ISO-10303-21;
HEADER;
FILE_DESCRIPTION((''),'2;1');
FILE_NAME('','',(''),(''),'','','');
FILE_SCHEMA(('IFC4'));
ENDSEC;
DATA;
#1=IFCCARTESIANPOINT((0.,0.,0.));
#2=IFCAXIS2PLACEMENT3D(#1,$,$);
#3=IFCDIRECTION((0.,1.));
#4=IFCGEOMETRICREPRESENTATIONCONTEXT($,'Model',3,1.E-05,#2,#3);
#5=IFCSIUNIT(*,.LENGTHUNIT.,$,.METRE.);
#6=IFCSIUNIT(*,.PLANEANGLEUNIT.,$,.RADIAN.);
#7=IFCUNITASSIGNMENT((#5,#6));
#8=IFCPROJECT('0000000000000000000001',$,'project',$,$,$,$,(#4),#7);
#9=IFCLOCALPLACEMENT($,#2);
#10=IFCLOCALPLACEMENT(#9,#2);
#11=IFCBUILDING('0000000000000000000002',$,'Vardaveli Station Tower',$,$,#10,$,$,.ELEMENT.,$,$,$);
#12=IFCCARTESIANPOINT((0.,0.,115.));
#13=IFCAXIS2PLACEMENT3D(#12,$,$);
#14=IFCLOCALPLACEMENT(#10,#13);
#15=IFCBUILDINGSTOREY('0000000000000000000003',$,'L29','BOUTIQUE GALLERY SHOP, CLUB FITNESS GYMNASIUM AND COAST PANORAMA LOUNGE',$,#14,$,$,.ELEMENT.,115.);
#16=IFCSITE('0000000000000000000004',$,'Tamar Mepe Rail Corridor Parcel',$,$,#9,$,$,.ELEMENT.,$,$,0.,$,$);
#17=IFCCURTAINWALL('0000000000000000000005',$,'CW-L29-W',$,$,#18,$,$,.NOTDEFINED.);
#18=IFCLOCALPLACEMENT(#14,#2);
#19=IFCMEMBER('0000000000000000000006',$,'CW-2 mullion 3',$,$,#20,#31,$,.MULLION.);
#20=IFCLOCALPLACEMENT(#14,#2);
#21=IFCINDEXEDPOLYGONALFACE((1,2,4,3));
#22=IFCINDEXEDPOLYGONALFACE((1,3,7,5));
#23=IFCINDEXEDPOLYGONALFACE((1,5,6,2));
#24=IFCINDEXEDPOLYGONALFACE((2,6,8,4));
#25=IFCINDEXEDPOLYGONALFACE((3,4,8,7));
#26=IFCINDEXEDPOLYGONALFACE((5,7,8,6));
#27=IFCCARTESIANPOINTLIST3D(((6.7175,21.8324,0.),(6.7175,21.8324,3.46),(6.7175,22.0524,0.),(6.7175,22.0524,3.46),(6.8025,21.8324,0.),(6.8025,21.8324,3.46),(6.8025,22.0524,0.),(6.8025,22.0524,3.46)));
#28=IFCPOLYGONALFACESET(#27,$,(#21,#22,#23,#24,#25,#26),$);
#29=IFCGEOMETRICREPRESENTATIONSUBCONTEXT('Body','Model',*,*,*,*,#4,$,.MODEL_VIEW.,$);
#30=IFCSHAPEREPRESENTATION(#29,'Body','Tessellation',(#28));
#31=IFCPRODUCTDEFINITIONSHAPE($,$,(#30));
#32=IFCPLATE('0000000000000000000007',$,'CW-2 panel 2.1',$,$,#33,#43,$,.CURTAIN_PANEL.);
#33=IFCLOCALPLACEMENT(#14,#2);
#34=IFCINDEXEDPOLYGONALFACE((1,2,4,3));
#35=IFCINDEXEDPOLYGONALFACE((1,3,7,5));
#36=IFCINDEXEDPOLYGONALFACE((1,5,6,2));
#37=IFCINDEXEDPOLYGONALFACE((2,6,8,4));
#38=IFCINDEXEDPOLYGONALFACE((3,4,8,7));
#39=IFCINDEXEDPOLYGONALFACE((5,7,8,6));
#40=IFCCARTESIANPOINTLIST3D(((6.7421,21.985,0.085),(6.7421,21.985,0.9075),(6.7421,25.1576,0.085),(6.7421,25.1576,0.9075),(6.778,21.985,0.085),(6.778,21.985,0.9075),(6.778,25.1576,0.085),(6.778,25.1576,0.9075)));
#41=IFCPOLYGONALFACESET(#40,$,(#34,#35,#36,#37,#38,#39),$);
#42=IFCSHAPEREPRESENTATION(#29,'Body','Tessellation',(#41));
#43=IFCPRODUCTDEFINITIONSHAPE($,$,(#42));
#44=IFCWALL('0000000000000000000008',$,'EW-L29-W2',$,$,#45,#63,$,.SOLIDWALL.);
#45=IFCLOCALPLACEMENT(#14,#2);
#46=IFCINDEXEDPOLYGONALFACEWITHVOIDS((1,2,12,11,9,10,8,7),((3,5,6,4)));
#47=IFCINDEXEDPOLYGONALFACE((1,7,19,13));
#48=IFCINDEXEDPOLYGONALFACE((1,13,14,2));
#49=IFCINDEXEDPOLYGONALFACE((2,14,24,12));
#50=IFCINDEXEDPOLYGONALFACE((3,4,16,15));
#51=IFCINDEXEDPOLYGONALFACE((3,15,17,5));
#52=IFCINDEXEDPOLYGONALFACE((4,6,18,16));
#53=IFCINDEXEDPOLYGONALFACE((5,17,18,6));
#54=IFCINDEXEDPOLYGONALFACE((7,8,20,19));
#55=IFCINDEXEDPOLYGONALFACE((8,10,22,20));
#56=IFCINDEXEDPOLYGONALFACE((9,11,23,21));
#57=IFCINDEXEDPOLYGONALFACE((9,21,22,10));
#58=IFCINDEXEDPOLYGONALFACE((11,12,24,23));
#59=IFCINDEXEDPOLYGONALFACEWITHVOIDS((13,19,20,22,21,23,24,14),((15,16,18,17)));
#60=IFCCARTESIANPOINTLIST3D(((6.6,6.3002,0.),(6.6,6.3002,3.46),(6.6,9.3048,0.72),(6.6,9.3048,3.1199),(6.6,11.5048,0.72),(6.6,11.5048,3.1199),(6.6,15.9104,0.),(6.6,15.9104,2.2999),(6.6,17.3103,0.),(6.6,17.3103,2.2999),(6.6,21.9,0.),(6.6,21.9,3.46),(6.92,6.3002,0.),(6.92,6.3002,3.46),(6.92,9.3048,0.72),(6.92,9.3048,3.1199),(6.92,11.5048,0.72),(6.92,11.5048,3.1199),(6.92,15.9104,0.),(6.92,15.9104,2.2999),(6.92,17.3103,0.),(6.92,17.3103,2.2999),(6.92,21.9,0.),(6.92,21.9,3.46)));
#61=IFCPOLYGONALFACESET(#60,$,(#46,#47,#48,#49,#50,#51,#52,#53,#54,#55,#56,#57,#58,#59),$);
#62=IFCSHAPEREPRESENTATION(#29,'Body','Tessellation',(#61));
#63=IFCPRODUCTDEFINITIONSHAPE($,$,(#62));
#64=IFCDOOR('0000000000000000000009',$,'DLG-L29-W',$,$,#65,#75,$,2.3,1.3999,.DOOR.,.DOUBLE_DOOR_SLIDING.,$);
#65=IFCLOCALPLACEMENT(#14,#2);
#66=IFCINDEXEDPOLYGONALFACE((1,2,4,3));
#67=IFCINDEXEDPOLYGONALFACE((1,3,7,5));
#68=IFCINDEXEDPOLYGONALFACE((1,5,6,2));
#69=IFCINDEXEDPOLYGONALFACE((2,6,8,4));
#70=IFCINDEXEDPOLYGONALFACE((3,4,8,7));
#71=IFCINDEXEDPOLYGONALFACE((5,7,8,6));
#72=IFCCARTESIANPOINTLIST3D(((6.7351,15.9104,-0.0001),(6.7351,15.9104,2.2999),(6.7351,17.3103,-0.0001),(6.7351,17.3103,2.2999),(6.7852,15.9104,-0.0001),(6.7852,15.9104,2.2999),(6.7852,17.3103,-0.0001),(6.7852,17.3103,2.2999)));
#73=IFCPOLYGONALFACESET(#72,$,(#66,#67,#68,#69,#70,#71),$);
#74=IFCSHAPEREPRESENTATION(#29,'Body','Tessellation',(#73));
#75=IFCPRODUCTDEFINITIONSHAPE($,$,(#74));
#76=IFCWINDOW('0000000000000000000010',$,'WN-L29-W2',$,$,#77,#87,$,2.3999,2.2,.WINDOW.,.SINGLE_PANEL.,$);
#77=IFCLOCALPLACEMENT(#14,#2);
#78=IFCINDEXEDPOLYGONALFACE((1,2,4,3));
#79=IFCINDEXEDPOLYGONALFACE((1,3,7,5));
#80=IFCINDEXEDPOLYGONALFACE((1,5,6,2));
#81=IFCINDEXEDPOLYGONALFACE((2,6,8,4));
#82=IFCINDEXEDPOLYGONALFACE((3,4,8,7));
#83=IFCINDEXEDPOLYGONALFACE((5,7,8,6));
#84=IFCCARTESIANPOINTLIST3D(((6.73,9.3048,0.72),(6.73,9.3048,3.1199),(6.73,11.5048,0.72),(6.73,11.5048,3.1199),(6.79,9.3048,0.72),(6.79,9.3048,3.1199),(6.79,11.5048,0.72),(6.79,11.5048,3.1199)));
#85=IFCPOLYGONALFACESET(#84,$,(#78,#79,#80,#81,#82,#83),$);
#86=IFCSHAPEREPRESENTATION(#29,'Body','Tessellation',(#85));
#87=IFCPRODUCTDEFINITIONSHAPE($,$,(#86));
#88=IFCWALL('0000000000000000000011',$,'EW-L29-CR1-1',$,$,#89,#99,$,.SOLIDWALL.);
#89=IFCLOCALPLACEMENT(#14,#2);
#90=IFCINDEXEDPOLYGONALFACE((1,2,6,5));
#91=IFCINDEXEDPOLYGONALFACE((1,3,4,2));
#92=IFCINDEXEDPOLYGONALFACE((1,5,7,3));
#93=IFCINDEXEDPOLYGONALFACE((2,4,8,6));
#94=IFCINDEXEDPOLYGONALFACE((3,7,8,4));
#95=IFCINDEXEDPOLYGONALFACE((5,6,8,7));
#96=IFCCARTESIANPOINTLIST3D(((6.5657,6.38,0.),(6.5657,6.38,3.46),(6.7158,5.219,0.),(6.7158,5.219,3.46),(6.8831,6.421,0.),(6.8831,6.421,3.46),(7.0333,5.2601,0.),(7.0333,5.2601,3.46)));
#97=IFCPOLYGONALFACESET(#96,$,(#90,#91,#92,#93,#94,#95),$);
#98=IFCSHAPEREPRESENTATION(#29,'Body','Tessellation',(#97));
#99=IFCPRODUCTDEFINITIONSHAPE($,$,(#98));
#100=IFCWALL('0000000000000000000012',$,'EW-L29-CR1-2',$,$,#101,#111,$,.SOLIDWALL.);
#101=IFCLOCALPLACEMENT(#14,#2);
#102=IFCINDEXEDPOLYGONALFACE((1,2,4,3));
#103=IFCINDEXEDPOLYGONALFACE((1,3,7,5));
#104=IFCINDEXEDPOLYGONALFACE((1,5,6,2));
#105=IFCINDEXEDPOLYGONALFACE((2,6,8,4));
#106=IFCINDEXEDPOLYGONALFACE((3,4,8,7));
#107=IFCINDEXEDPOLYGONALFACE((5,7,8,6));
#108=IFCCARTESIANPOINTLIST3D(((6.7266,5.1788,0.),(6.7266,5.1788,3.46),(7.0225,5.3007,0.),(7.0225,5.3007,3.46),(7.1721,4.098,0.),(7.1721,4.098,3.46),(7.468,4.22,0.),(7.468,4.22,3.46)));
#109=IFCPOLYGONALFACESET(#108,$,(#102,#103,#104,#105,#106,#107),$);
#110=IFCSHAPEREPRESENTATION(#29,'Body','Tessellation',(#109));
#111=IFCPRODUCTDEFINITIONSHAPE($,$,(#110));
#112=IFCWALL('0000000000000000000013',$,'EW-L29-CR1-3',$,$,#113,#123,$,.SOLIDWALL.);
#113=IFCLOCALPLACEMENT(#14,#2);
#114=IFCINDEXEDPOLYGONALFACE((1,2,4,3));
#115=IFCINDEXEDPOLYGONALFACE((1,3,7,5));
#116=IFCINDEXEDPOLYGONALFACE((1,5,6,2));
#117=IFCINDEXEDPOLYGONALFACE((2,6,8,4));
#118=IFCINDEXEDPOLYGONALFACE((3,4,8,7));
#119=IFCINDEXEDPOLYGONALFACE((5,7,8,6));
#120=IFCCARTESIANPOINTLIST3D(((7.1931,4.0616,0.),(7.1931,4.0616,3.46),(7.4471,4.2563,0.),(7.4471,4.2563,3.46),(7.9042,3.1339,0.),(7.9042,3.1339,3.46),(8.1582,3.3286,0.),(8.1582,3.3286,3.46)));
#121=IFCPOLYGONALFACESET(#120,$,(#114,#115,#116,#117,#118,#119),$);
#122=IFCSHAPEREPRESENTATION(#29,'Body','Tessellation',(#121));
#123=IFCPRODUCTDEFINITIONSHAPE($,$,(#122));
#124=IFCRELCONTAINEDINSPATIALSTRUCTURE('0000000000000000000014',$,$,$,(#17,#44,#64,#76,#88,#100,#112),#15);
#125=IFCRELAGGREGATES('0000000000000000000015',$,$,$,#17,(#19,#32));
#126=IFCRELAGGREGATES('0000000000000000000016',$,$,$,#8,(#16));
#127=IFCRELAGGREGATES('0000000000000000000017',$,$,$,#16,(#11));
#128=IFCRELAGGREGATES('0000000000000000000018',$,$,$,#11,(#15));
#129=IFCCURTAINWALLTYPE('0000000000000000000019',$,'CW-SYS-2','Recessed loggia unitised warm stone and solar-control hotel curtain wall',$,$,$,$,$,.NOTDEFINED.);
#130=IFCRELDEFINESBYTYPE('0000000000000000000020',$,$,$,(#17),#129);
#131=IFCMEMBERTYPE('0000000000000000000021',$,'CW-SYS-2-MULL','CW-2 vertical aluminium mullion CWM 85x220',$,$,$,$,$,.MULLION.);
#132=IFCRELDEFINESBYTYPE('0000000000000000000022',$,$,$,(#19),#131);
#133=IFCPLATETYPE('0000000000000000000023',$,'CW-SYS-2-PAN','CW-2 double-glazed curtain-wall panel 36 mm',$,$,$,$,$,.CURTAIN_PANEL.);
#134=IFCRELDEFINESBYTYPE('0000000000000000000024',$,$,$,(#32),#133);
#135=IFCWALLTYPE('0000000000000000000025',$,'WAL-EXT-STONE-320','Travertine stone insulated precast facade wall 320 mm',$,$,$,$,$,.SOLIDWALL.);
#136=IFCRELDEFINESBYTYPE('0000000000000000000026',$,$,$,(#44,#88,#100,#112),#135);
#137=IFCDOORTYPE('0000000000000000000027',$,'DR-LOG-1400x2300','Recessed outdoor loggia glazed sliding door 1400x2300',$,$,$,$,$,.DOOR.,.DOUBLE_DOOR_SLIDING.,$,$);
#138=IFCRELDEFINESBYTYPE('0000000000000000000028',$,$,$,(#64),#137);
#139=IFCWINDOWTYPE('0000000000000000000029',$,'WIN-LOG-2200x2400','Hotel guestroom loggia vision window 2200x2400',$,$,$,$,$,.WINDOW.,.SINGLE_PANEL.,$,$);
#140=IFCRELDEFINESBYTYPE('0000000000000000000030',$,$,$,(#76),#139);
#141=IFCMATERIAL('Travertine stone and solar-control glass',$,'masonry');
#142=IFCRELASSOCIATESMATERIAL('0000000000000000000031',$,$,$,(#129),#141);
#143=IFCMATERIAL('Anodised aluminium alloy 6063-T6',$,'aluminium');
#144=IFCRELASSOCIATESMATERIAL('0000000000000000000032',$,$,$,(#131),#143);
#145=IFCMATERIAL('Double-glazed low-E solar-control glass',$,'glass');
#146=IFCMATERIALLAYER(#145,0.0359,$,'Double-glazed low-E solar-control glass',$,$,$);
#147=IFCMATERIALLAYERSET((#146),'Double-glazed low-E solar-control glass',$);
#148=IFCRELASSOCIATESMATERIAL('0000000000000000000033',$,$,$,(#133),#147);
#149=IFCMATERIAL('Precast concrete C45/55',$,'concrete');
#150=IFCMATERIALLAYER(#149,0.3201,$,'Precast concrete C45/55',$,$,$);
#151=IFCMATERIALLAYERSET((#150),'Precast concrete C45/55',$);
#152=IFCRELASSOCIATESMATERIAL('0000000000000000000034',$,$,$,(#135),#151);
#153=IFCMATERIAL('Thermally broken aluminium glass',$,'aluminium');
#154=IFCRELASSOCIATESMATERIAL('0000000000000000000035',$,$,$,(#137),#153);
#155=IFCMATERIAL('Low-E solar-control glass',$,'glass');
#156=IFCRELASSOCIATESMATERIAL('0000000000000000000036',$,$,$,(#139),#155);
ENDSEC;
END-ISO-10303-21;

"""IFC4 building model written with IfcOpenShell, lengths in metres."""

from ifc_helpers import new_model, si_unit, direction, frame, frame_2d, origin, origin_2d, place, context, subcontext, project, spatial, rectangle, extrude, source, transform, mapped, material, layer, layer_set, material_profile, profile_set, type_object, element, fill, aggregate, save


model = new_model("IFC4")

# Units and contexts
model_context = context("Model", 3, precision=1e-05, world=origin(), true_north=direction((0.0, 1.0)))
body_context = subcontext(model_context, "Body", "Model", "MODEL_VIEW")
ifc_project = project(units=[si_unit("LENGTHUNIT", "METRE"), si_unit("PLANEANGLEUNIT", "RADIAN")], contexts=[model_context])

# Site, building, storey
site_placement = place(None, origin())
site = spatial("IfcSite", under=ifc_project, at=site_placement, Name="Tamar Mepe Rail Corridor Parcel", CompositionType="ELEMENT", RefElevation=0.0)
building_placement = place(site_placement, origin())
building = spatial("IfcBuilding", under=site, at=building_placement, Name="Vardaveli Station Tower", CompositionType="ELEMENT")
storey_placement = place(building_placement, frame((0.0, 0.0, 115.0)))
storey = spatial("IfcBuildingStorey", under=building, at=storey_placement, Name="L29", Description="BOUTIQUE GALLERY SHOP, CLUB FITNESS GYMNASIUM AND COAST PANORAMA LOUNGE", CompositionType="ELEMENT", Elevation=115.0)

# Shared definitions
ifc_material_1 = material(Name="Precast concrete C45/55", Category="concrete")

# Curtain wall, member, plate
ifc_material_2 = material(Name="Travertine stone and solar-control glass", Category="masonry")
curtain_wall_type = type_object("IfcCurtainWallType", Name="CW-SYS-2", Description="Recessed loggia unitised warm stone and solar-control hotel curtain wall", PredefinedType="NOTDEFINED", material=ifc_material_2)
curtain_wall_placement = place(storey_placement, origin())
curtain_wall = element("IfcCurtainWall", 1, at=curtain_wall_placement, inside=storey, type_object=curtain_wall_type, Name="CW-L29-W", PredefinedType="NOTDEFINED")
ifc_material_3 = material(Name="Anodised aluminium alloy 6063-T6", Category="aluminium")
ifc_material_profile_1 = material_profile(ifc_material_3, rectangle(XDim=0.085, YDim=0.22, at=origin_2d()), Name="CWM 85x220")
ifc_profile_set_1 = profile_set([ifc_material_profile_1], Name="Anodised aluminium alloy 6063-T6")
member_type = type_object("IfcMemberType", Name="CW-SYS-2-MULL", Description="CW-2 vertical aluminium mullion CWM 85x220", PredefinedType="MULLION", material=ifc_profile_set_1)
shared_shape_1 = source(origin(), body_context, "Body", "SweptSolid", [
    extrude(rectangle(XDim=0.085, YDim=0.22, at=origin_2d()), origin(), (0.0, 0.0, 1.0), 3.46),
])
member_placement = place(storey_placement, frame((6.76, 21.9424, 0.0), z_axis=(0.0, 0.0, 1.0), x_axis=(1.0, 0.0, 0.0)))
member = element("IfcMember", 2, at=member_placement, type_object=member_type, Name="CW-2 mullion 3", PredefinedType="MULLION", context=body_context, shape_type="MappedRepresentation", body=[
    mapped(shared_shape_1, transform((0.0, 0.0, 0.0), scale=1.0)),
])
ifc_material_4 = material(Name="Double-glazed low-E solar-control glass", Category="glass")
ifc_layer_1 = layer(ifc_material_4, 0.0359, Name="Double-glazed low-E solar-control glass")
ifc_layer_set_1 = layer_set([ifc_layer_1], Name="Double-glazed low-E solar-control glass")
plate_type = type_object("IfcPlateType", Name="CW-SYS-2-PAN", Description="CW-2 double-glazed curtain-wall panel 36 mm", PredefinedType="CURTAIN_PANEL", material=ifc_layer_set_1)
shared_shape_2 = source(origin(), body_context, "Body", "SweptSolid", [
    extrude(rectangle(XDim=3.1726, YDim=0.0359, at=origin_2d()), origin(), (0.0, 0.0, 1.0), 0.8225),
])
plate_placement = place(storey_placement, frame((6.76, 23.5713, 0.085), z_axis=(0.0, 0.0, 1.0), x_axis=(0.0, -1.0, 0.0)))
plate = element("IfcPlate", 3, at=plate_placement, type_object=plate_type, Name="CW-2 panel 2.1", PredefinedType="CURTAIN_PANEL", context=body_context, shape_type="MappedRepresentation", body=[
    mapped(shared_shape_2, transform((0.0, 0.0, 0.0), scale=1.0)),
])
aggregate(curtain_wall, [member, plate])

# Wall, openings, door, window
ifc_layer_2 = layer(ifc_material_1, 0.3201, Name="Precast concrete C45/55")
ifc_layer_set_2 = layer_set([ifc_layer_2], Name="Precast concrete C45/55")
wall_type_1 = type_object("IfcWallType", Name="WAL-EXT-STONE-320", Description="Travertine stone insulated precast facade wall 320 mm", PredefinedType="SOLIDWALL", material=ifc_layer_set_2)
shared_shape_3 = source(origin(), body_context, "Body", "SweptSolid", [
    extrude(rectangle(XDim=15.5999, YDim=0.3201, at=frame_2d((7.7998, 0.0))), origin(), (0.0, 0.0, 1.0), 3.46),
])
wall_1_placement = place(storey_placement, frame((6.76, 21.8999, 0.0), z_axis=(0.0, 0.0, 1.0), x_axis=(0.0, -1.0, 0.0)))
wall_1 = element("IfcWall", 4, at=wall_1_placement, inside=storey, type_object=wall_type_1, Name="EW-L29-W2", PredefinedType="SOLIDWALL", context=body_context, shape_type="MappedRepresentation", body=[
    mapped(shared_shape_3, transform((0.0, 0.0, 0.0), scale=1.0)),
])
shared_shape_4 = source(origin(), body_context, "Body", "SweptSolid", [
    extrude(rectangle(XDim=1.3999, YDim=2.3, at=frame_2d((0.7, 1.1499))), frame((0.0, 0.1699, 0.0), z_axis=(0.0, -1.0, 0.0), x_axis=(1.0, 0.0, 0.0)), (0.0, 0.0, 1.0), 0.3401),
])
opening_1_placement = place(wall_1_placement, frame((4.5896, 0.0, 0.0)))
opening_1 = element("IfcOpeningElement", 5, at=opening_1_placement, cuts=wall_1, PredefinedType="OPENING", context=body_context, shape_type="MappedRepresentation", body=[
    mapped(shared_shape_4, transform((0.0, 0.0, 0.0), scale=1.0)),
])
shared_shape_5 = source(origin(), body_context, "Body", "SweptSolid", [
    extrude(rectangle(XDim=2.2, YDim=2.3999, at=frame_2d((1.1001, 1.2))), frame((0.0, 0.1699, 0.0), z_axis=(0.0, -1.0, 0.0), x_axis=(1.0, 0.0, 0.0)), (0.0, 0.0, 1.0), 0.3401),
])
opening_2_placement = place(wall_1_placement, frame((10.395, 0.0, 0.72)))
opening_2 = element("IfcOpeningElement", 6, at=opening_2_placement, cuts=wall_1, PredefinedType="OPENING", context=body_context, shape_type="MappedRepresentation", body=[
    mapped(shared_shape_5, transform((0.0, 0.0, 0.0), scale=1.0)),
])
ifc_material_5 = material(Name="Thermally broken aluminium glass", Category="aluminium")
door_type_1 = type_object("IfcDoorType", Name="DR-LOG-1400x2300", Description="Recessed outdoor loggia glazed sliding door 1400x2300", OperationType="DOUBLE_DOOR_SLIDING", PredefinedType="DOOR", material=ifc_material_5)
shared_shape_6 = source(origin(), body_context, "Body", "SweptSolid", [
    extrude(rectangle(XDim=1.3999, YDim=2.3, at=frame_2d((0.7, 1.1499))), frame((0.0, 0.0249, 0.0), z_axis=(0.0, -1.0, 0.0), x_axis=(1.0, 0.0, 0.0)), (0.0, 0.0, 1.0), 0.05),
])
door_1_placement = place(opening_1_placement, frame((1.3999, 0.0, 0.0), z_axis=(0.0, 0.0, 1.0), x_axis=(-1.0, 0.0, 0.0)))
door_1 = element("IfcDoor", 7, at=door_1_placement, inside=storey, type_object=door_type_1, Name="DLG-L29-W", OperationType="DOUBLE_DOOR_SLIDING", OverallHeight=2.3, OverallWidth=1.3999, PredefinedType="DOOR", context=body_context, shape_type="MappedRepresentation", body=[
    mapped(shared_shape_6, transform((0.0, 0.0, 0.0), scale=1.0)),
])
fill(opening_1, door_1)
ifc_material_6 = material(Name="Low-E solar-control glass", Category="glass")
window_type = type_object("IfcWindowType", Name="WIN-LOG-2200x2400", Description="Hotel guestroom loggia vision window 2200x2400", PartitioningType="SINGLE_PANEL", PredefinedType="WINDOW", material=ifc_material_6)
shared_shape_7 = source(origin(), body_context, "Body", "SweptSolid", [
    extrude(rectangle(XDim=2.2, YDim=2.3999, at=frame_2d((1.1001, 1.2))), frame((0.0, 0.03, 0.0), z_axis=(0.0, -1.0, 0.0), x_axis=(1.0, 0.0, 0.0)), (0.0, 0.0, 1.0), 0.0601),
])
window_placement = place(opening_2_placement, origin())
window = element("IfcWindow", 8, at=window_placement, inside=storey, type_object=window_type, Name="WN-L29-W2", OverallHeight=2.3999, OverallWidth=2.2, PartitioningType="SINGLE_PANEL", PredefinedType="WINDOW", context=body_context, shape_type="MappedRepresentation", body=[
    mapped(shared_shape_7, transform((0.0, 0.0, 0.0), scale=1.0)),
])
fill(opening_2, window)

# Walls
shared_shape_8 = source(origin(), body_context, "Body", "SweptSolid", [
    extrude(rectangle(XDim=1.1707, YDim=0.3201, at=frame_2d((0.5854, 0.0))), origin(), (0.0, 0.0, 1.0), 3.46),
])
wall_2_placement = place(storey_placement, frame((6.7244, 6.4006, 0.0), z_axis=(0.0, 0.0, 1.0), x_axis=(0.128269, -0.991739, 0.0)))
element("IfcWall", 9, at=wall_2_placement, inside=storey, type_object=wall_type_1, Name="EW-L29-CR1-1", PredefinedType="SOLIDWALL", context=body_context, shape_type="MappedRepresentation", body=[
    mapped(shared_shape_8, transform((0.0, 0.0, 0.0), scale=1.0)),
])
shared_shape_9 = source(origin(), body_context, "Body", "SweptSolid", [
    extrude(rectangle(XDim=1.1689, YDim=0.3201, at=frame_2d((0.5845, 0.0))), origin(), (0.0, 0.0, 1.0), 3.46),
])
for number, where, z_axis, x_axis, name in (
    (10, (6.8745, 5.2397, 0.0), (0.0, 0.0, 1.0), (0.381128, -0.924522, 0.0), "EW-L29-CR1-2"),
    (11, (7.3201, 4.1589, 0.0), (0.0, 0.0, 1.0), (0.608388, -0.79364, 0.0), "EW-L29-CR1-3"),
):
    element("IfcWall", number, at=place(storey_placement, frame(where, z_axis=z_axis, x_axis=x_axis)), inside=storey, type_object=wall_type_1, Name=name, PredefinedType="SOLIDWALL", context=body_context, shape_type="MappedRepresentation", body=[
        mapped(shared_shape_9, transform((0.0, 0.0, 0.0), scale=1.0)),
    ])

save(model, "model.ifc")
